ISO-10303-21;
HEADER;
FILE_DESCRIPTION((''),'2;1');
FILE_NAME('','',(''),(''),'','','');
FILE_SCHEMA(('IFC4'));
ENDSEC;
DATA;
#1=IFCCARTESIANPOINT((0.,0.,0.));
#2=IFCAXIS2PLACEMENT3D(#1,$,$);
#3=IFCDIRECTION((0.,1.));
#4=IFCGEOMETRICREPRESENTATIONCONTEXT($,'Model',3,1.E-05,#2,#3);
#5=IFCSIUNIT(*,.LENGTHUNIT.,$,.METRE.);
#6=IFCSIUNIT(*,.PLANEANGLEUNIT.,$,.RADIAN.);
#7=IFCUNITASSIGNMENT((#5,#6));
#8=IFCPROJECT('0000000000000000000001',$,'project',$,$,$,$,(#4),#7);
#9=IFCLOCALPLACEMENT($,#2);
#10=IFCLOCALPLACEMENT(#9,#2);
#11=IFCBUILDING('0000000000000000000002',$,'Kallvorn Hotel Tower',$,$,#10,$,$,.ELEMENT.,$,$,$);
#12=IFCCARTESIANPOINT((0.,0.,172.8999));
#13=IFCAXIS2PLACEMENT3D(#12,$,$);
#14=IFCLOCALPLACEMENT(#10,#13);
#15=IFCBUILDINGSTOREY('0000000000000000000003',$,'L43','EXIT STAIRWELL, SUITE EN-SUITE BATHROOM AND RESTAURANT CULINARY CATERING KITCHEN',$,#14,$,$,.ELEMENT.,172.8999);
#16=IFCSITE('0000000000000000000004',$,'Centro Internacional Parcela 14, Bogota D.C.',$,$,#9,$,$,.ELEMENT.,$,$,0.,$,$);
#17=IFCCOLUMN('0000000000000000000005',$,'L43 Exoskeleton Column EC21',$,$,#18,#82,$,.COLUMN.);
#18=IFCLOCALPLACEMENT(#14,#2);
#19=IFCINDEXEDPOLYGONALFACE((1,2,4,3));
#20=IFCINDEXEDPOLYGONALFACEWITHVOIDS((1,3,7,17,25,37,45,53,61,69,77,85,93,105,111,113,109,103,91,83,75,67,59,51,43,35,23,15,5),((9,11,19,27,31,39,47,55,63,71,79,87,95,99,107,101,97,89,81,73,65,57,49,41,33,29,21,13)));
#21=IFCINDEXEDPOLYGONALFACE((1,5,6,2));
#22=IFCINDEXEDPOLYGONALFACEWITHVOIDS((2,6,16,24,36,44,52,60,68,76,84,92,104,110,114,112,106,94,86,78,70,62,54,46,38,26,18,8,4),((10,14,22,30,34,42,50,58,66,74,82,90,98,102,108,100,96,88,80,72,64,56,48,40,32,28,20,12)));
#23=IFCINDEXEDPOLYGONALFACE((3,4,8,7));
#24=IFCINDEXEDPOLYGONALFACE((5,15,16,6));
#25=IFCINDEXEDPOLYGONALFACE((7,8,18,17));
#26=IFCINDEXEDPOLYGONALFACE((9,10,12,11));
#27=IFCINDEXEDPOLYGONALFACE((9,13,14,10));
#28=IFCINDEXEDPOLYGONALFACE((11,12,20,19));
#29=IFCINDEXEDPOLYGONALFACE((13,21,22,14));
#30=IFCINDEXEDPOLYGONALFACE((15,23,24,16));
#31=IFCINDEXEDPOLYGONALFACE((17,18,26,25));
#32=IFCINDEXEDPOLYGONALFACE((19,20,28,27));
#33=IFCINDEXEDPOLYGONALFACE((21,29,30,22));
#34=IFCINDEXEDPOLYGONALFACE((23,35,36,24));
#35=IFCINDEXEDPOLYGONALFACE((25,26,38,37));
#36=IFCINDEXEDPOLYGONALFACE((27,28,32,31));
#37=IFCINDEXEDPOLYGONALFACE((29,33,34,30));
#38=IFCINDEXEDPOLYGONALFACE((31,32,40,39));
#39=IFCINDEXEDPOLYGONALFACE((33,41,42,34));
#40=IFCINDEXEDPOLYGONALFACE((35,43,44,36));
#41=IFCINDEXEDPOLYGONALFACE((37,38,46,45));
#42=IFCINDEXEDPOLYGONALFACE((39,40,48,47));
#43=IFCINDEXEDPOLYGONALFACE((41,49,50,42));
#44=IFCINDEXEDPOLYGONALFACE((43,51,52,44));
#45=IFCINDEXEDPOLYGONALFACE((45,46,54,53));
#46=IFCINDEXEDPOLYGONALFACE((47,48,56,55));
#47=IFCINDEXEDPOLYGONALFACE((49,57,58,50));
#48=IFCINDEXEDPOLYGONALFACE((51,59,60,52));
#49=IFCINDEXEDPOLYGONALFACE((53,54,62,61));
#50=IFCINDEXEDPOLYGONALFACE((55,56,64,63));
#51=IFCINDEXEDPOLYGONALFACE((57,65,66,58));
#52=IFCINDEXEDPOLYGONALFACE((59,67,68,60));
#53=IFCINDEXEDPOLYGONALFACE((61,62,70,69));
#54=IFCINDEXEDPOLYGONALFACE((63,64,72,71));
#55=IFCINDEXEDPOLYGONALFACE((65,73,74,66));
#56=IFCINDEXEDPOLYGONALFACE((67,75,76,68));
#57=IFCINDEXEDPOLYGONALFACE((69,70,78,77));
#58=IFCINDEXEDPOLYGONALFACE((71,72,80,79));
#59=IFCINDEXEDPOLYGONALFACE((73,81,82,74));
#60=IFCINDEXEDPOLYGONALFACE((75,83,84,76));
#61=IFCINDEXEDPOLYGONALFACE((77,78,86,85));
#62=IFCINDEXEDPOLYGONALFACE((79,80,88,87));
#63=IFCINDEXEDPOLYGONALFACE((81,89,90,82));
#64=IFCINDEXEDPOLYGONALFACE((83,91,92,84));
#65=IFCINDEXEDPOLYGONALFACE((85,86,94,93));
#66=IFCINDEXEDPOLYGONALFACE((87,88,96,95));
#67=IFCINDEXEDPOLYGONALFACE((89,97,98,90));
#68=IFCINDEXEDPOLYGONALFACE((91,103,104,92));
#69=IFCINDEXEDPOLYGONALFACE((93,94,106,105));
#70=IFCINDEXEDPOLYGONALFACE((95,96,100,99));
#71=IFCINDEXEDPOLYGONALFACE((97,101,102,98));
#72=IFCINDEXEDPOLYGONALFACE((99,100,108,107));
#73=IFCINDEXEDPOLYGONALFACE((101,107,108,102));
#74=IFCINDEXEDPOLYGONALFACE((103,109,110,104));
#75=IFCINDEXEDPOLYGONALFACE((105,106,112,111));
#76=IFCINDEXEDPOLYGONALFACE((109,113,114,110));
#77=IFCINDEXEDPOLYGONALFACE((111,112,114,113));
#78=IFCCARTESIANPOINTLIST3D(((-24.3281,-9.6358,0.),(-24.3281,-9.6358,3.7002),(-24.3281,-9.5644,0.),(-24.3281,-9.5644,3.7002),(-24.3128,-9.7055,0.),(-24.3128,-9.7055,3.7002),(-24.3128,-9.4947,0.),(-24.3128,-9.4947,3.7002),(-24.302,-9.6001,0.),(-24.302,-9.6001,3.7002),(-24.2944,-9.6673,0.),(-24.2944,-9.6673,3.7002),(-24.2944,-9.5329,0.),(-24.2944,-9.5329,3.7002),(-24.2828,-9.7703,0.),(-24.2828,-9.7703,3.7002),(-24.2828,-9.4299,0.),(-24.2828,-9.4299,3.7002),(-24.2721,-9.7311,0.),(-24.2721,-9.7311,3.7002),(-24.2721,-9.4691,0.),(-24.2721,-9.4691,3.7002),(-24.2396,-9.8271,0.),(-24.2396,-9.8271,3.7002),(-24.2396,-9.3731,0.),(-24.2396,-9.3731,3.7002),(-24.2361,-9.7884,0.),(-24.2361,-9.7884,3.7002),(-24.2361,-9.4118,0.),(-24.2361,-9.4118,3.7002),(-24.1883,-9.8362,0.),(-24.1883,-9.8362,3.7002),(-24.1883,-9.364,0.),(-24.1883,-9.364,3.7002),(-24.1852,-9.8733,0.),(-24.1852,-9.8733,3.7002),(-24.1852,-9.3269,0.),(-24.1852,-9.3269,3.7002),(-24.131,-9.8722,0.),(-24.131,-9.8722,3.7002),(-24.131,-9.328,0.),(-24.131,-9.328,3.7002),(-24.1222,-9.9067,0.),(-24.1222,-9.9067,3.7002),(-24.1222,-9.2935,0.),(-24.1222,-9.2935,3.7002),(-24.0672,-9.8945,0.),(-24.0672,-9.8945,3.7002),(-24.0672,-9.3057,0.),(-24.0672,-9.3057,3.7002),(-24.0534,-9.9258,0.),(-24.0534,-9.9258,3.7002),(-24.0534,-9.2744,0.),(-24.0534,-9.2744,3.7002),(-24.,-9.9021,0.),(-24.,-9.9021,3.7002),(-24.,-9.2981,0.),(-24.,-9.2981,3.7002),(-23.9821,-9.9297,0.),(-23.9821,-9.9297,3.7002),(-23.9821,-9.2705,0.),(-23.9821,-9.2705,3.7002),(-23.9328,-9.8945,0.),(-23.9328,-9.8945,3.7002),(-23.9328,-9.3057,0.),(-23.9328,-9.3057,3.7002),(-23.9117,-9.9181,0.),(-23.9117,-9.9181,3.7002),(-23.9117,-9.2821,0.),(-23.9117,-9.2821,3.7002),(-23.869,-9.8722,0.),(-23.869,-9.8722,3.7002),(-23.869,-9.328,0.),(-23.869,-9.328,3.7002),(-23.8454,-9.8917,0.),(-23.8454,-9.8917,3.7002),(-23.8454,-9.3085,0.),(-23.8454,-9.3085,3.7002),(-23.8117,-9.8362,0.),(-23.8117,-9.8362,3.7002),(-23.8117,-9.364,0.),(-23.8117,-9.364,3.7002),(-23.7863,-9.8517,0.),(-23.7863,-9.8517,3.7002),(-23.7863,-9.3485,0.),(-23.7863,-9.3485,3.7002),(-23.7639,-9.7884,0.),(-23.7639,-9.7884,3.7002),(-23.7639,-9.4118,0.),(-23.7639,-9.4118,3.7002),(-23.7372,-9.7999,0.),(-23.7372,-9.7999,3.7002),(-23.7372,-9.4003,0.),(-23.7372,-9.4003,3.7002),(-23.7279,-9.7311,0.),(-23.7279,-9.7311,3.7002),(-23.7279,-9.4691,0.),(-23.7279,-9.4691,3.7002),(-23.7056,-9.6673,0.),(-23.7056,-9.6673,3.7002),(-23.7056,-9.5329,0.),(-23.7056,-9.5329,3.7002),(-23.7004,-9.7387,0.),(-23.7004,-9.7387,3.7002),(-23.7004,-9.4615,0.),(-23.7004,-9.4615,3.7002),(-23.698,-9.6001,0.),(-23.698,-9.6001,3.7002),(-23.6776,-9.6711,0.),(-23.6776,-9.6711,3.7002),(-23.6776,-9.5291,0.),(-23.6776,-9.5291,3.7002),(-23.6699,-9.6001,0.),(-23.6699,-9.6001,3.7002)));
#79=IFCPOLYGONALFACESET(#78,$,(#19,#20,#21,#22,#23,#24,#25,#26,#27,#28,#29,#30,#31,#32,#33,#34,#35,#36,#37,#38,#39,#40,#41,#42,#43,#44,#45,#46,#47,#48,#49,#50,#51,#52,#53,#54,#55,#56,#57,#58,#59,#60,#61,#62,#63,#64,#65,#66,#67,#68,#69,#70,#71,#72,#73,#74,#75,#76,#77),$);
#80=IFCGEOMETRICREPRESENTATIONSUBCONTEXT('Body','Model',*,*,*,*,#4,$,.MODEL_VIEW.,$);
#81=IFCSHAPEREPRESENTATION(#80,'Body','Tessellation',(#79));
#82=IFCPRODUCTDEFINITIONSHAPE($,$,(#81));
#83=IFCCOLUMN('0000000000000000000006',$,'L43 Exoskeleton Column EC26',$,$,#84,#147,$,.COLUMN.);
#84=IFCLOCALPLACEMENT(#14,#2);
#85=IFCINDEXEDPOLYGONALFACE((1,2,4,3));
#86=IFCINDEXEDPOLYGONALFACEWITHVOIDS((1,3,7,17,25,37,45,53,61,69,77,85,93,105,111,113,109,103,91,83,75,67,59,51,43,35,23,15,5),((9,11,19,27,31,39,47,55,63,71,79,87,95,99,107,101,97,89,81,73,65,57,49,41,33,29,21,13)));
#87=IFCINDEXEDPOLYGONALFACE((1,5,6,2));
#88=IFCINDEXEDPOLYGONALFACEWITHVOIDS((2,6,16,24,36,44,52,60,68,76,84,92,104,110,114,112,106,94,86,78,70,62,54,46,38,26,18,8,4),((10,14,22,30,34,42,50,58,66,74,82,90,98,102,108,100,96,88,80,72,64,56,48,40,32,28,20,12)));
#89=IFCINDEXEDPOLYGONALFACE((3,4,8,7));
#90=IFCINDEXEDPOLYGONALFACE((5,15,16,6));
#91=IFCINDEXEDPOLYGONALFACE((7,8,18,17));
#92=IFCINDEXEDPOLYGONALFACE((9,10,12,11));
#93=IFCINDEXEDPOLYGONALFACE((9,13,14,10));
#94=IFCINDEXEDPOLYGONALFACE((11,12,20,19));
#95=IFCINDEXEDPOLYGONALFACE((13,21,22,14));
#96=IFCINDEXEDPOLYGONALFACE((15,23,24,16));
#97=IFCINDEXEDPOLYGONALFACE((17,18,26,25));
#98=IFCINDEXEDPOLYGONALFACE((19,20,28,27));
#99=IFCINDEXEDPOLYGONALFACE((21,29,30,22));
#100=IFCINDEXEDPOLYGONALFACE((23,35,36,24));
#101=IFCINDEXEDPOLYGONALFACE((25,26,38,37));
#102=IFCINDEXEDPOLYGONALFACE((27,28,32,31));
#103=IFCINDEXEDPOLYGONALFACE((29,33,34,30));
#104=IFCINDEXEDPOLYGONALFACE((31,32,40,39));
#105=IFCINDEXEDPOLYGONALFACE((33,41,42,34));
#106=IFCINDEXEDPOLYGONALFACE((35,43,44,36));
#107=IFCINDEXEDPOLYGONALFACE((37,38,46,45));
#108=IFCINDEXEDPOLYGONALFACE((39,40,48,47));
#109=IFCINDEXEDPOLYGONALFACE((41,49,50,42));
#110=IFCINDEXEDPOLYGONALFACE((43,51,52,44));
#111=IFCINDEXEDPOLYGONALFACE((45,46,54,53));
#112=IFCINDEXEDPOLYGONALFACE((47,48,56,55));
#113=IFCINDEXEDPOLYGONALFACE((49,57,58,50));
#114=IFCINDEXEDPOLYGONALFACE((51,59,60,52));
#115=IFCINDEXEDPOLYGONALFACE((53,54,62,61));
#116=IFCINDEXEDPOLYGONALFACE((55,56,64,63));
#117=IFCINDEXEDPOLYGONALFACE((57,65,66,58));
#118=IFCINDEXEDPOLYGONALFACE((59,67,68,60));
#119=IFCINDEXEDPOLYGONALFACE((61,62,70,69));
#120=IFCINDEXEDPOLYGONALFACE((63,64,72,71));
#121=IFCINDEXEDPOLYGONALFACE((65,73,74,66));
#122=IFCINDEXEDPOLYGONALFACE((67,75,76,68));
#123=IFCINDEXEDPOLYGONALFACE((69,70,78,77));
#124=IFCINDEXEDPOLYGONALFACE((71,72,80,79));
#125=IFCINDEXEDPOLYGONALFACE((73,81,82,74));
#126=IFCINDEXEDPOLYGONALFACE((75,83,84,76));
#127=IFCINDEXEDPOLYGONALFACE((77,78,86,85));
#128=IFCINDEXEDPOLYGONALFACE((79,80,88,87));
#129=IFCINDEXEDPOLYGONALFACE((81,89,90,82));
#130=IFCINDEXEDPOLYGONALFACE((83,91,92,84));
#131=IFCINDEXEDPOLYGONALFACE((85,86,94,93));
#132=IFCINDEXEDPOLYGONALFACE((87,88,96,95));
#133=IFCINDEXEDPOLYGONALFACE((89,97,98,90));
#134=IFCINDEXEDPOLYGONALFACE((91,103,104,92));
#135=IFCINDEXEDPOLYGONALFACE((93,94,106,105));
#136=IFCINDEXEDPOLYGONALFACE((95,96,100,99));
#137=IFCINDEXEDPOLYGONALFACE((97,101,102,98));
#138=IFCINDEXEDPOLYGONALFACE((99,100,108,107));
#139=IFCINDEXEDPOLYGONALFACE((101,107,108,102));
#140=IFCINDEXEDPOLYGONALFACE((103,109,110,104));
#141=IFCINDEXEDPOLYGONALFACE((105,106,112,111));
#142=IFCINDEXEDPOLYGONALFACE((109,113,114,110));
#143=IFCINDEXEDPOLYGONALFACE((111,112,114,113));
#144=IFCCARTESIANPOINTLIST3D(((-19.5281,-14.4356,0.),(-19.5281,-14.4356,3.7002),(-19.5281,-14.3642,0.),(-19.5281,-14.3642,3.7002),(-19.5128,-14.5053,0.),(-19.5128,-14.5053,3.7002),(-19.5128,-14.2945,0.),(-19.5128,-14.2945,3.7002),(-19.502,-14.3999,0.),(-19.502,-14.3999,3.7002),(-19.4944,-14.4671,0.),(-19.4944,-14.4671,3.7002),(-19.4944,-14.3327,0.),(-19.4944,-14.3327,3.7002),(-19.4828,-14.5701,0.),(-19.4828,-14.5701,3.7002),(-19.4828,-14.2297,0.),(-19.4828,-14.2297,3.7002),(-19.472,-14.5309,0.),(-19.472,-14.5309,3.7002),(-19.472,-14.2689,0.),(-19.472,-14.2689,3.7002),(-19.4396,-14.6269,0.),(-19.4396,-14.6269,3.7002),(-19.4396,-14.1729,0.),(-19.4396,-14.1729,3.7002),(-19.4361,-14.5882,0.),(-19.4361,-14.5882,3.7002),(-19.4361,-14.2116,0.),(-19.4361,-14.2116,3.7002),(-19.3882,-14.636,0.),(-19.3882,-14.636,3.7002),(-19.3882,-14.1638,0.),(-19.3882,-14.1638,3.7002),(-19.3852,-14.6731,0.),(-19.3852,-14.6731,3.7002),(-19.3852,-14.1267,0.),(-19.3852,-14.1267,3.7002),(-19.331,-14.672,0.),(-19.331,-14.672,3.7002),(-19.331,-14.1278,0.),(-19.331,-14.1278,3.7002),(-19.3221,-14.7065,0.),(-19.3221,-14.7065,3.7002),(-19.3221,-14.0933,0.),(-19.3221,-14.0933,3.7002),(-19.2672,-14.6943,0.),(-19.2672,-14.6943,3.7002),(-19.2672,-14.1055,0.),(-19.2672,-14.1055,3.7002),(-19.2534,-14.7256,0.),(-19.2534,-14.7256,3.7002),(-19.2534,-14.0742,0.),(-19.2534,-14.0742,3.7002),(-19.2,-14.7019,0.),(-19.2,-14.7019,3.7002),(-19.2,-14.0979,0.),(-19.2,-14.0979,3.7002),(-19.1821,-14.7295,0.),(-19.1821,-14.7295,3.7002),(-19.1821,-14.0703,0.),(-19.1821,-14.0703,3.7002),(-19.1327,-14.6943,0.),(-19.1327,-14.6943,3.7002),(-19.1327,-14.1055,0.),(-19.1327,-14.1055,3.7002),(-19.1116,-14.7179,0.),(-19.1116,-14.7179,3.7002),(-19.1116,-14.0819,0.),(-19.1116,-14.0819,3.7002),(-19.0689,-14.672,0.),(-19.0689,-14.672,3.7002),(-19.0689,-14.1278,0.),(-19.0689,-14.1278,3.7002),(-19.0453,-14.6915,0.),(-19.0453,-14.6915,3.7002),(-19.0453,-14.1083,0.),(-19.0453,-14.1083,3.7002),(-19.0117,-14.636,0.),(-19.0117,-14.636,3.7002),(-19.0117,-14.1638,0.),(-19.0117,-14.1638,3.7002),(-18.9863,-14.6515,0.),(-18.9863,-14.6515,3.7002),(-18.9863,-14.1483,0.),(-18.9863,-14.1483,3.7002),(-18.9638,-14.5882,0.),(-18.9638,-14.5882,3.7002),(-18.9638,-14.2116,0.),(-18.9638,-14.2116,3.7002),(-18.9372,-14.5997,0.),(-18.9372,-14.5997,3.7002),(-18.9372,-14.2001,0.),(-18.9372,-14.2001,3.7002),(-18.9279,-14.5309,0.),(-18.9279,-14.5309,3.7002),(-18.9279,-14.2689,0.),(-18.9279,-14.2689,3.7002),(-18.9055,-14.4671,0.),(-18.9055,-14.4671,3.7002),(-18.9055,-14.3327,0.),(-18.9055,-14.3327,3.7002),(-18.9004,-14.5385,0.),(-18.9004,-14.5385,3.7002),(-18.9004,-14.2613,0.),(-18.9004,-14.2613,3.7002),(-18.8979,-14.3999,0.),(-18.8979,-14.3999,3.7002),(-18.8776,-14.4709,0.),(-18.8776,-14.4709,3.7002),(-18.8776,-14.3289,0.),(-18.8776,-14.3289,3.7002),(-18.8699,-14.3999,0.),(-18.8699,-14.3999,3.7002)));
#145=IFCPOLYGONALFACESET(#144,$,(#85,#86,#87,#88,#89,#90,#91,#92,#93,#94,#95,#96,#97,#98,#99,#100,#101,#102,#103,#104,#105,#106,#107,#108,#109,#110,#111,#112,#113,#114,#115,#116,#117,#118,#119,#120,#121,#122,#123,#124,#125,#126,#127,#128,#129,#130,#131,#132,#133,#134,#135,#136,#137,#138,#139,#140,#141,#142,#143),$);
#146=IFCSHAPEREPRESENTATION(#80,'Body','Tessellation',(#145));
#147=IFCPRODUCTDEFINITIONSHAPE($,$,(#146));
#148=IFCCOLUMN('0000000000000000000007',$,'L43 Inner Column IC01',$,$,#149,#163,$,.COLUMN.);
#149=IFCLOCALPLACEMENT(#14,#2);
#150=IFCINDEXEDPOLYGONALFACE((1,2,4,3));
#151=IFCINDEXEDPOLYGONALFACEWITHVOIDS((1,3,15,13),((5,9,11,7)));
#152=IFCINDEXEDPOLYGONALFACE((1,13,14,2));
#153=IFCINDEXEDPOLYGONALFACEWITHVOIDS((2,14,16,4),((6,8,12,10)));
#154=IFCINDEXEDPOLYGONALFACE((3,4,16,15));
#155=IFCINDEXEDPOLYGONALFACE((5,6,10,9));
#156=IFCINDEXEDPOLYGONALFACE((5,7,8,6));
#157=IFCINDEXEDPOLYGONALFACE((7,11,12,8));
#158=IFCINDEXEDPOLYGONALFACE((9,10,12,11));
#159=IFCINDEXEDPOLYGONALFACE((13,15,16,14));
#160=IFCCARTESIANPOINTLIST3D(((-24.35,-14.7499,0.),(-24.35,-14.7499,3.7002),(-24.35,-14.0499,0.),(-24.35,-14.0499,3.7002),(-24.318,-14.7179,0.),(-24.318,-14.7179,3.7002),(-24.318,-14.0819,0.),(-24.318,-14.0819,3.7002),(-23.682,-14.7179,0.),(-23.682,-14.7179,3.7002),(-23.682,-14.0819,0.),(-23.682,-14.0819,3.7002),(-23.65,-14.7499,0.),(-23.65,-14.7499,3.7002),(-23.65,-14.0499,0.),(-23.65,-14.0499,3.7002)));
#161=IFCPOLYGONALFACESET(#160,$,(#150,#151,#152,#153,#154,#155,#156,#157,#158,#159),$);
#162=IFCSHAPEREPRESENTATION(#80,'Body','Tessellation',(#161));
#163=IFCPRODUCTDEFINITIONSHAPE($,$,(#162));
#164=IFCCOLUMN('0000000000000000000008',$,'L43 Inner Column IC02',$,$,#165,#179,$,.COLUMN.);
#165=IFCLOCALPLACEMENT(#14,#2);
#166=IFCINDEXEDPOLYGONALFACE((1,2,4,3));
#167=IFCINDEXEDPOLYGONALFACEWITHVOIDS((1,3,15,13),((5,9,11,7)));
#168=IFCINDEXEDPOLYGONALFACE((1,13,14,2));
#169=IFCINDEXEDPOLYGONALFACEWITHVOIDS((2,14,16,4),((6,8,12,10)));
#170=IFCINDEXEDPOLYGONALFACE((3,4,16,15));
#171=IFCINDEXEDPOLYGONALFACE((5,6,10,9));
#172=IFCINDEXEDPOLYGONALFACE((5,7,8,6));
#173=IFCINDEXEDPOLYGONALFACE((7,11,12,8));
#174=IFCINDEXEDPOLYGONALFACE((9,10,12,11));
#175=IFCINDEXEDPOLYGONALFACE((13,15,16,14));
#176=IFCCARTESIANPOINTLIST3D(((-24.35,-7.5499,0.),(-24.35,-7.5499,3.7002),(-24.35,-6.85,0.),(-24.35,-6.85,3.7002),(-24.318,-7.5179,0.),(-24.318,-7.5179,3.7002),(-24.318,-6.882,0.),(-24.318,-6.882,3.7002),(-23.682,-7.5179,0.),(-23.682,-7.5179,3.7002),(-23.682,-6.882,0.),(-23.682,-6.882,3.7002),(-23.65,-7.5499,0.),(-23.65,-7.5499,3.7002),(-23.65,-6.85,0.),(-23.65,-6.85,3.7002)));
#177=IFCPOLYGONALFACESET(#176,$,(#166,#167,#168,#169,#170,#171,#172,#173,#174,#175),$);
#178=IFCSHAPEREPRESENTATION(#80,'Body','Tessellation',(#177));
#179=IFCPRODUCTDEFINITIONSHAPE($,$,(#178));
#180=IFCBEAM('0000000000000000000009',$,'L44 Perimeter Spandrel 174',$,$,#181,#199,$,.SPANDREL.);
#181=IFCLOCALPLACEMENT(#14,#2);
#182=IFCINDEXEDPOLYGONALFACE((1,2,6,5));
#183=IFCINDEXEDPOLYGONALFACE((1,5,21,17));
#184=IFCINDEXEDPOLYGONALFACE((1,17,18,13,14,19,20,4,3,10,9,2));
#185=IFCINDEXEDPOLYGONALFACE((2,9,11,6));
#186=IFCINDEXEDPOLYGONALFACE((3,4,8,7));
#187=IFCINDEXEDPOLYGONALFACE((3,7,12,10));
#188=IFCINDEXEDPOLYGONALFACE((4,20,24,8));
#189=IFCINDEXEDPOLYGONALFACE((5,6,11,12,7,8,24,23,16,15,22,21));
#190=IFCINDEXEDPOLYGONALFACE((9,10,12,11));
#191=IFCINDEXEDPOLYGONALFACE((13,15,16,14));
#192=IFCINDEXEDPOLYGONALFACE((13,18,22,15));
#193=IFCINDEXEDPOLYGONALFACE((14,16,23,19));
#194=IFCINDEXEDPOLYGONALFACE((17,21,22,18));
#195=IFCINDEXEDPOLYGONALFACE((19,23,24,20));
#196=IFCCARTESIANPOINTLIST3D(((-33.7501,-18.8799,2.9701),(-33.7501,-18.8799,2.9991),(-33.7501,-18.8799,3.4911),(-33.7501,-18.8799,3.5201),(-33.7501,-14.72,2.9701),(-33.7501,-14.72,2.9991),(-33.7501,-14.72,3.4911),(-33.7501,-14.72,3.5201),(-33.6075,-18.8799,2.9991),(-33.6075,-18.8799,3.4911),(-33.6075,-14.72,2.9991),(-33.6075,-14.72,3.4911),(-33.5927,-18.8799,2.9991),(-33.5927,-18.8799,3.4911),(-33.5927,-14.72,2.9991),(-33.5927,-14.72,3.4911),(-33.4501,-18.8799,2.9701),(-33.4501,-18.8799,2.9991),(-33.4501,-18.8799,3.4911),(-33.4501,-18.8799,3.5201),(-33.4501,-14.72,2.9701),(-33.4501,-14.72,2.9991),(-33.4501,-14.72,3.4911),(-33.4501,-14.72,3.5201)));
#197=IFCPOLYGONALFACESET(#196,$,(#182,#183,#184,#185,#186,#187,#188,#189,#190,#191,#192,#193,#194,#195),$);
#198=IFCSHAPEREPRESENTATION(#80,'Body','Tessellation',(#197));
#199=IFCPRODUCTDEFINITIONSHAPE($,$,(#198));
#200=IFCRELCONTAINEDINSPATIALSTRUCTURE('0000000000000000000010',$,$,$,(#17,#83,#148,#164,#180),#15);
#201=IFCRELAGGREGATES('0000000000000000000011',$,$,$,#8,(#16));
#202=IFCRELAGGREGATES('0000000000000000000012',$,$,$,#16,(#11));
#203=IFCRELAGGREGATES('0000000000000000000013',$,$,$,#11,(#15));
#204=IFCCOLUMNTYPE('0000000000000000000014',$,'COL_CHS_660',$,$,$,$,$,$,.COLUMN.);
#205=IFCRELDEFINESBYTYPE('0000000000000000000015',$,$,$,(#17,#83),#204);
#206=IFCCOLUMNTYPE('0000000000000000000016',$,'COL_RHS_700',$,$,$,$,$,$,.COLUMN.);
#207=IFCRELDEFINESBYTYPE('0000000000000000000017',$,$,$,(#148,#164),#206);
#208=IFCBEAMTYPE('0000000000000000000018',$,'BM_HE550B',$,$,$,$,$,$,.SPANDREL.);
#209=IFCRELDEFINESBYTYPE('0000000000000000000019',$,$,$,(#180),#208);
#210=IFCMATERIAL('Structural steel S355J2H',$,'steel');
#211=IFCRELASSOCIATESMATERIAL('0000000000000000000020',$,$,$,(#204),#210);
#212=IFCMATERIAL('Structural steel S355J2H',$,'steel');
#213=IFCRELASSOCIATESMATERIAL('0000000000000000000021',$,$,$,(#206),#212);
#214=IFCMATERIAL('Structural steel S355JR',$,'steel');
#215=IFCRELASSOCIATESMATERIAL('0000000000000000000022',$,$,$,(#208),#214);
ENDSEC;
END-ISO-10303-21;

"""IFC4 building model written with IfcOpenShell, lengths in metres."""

from ifc_helpers import new_model, si_unit, direction, frame, origin, origin_2d, place, context, subcontext, project, spatial, hollow_rectangle, hollow_circle, i_section, extrude, material, material_profile, profile_set, type_object, element, save


model = new_model("IFC4")

# Units and contexts
model_context = context("Model", 3, precision=1e-05, world=origin(), true_north=direction((0.0, 1.0)))
body_context = subcontext(model_context, "Body", "Model", "MODEL_VIEW")
ifc_project = project(units=[si_unit("LENGTHUNIT", "METRE"), si_unit("PLANEANGLEUNIT", "RADIAN")], contexts=[model_context])

# Site, building, storey
site_placement = place(None, origin())
site = spatial("IfcSite", under=ifc_project, at=site_placement, Name="Centro Internacional Parcela 14, Bogota D.C.", CompositionType="ELEMENT", RefElevation=0.0)
building_placement = place(site_placement, origin())
building = spatial("IfcBuilding", under=site, at=building_placement, Name="Kallvorn Hotel Tower", CompositionType="ELEMENT")
storey_placement = place(building_placement, frame((0.0, 0.0, 172.8999)))
storey = spatial("IfcBuildingStorey", under=building, at=storey_placement, Name="L43", Description="EXIT STAIRWELL, SUITE EN-SUITE BATHROOM AND RESTAURANT CULINARY CATERING KITCHEN", CompositionType="ELEMENT", Elevation=172.8999)

# Columns
ifc_material_1 = material(Name="Structural steel S355J2H", Category="steel")
ifc_material_profile_1 = material_profile(ifc_material_1, hollow_circle(Radius=0.3301, WallThickness=0.0281, at=origin_2d()), Name="CHS 660x28")
ifc_profile_set_1 = profile_set([ifc_material_profile_1], Name="Structural steel S355J2H")
column_type_1 = type_object("IfcColumnType", Name="COL_CHS_660", PredefinedType="COLUMN", material=ifc_profile_set_1)
for number, where, z_axis, x_axis, name in (
    (1, (-24.0, -9.6001, 0.0), (0.0, 0.0, 1.0), (1.0, 0.0, 0.0), "L43 Exoskeleton Column EC21"),
    (2, (-19.2, -14.3999, 0.0), (0.0, 0.0, 1.0), (1.0, 0.0, 0.0), "L43 Exoskeleton Column EC26"),
):
    element("IfcColumn", number, at=place(storey_placement, frame(where, z_axis=z_axis, x_axis=x_axis)), inside=storey, type_object=column_type_1, Name=name, PredefinedType="COLUMN", context=body_context, shape_type="SweptSolid", body=[
        extrude(hollow_circle(Radius=0.3301, WallThickness=0.0281, at=origin_2d()), origin(), (0.0, 0.0, 1.0), 3.7002),
    ])
ifc_material_2 = material(Name="Structural steel S355J2H", Category="steel")
ifc_material_profile_2 = material_profile(ifc_material_2, hollow_rectangle(XDim=0.7, YDim=0.7, WallThickness=0.032, at=origin_2d()), Name="RHS 700x700x32")
ifc_profile_set_2 = profile_set([ifc_material_profile_2], Name="Structural steel S355J2H")
column_type_2 = type_object("IfcColumnType", Name="COL_RHS_700", PredefinedType="COLUMN", material=ifc_profile_set_2)
for number, where, z_axis, x_axis, name in (
    (3, (-24.0, -14.3999, 0.0), (0.0, 0.0, 1.0), (1.0, 0.0, 0.0), "L43 Inner Column IC01"),
    (4, (-24.0, -7.2, 0.0), (0.0, 0.0, 1.0), (1.0, 0.0, 0.0), "L43 Inner Column IC02"),
):
    element("IfcColumn", number, at=place(storey_placement, frame(where, z_axis=z_axis, x_axis=x_axis)), inside=storey, type_object=column_type_2, Name=name, PredefinedType="COLUMN", context=body_context, shape_type="SweptSolid", body=[
        extrude(hollow_rectangle(XDim=0.7, YDim=0.7, WallThickness=0.032, at=origin_2d()), origin(), (0.0, 0.0, 1.0), 3.7002),
    ])

# Beam
ifc_material_3 = material(Name="Structural steel S355JR", Category="steel")
ifc_material_profile_3 = material_profile(ifc_material_3, i_section(OverallWidth=0.3, OverallDepth=0.55, WebThickness=0.0149, FlangeThickness=0.0291, at=origin_2d()), Name="HE 550 B")
ifc_profile_set_3 = profile_set([ifc_material_profile_3], Name="Structural steel S355JR")
beam_type_1 = type_object("IfcBeamType", Name="BM_HE550B", PredefinedType="SPANDREL", material=ifc_profile_set_3)
beam_1_placement = place(storey_placement, frame((-33.6001, -18.8799, 3.2451), z_axis=(0.0, 1.0, 0.0), x_axis=(-1.0, 0.0, 0.0)))
element("IfcBeam", 5, at=beam_1_placement, inside=storey, type_object=beam_type_1, Name="L44 Perimeter Spandrel 174", PredefinedType="SPANDREL", context=body_context, shape_type="SweptSolid", body=[
    extrude(i_section(OverallWidth=0.3, OverallDepth=0.55, WebThickness=0.0149, FlangeThickness=0.0291, at=origin_2d()), origin(), (0.0, 0.0, 1.0), 4.1599),
])

save(model, "model.ifc")
